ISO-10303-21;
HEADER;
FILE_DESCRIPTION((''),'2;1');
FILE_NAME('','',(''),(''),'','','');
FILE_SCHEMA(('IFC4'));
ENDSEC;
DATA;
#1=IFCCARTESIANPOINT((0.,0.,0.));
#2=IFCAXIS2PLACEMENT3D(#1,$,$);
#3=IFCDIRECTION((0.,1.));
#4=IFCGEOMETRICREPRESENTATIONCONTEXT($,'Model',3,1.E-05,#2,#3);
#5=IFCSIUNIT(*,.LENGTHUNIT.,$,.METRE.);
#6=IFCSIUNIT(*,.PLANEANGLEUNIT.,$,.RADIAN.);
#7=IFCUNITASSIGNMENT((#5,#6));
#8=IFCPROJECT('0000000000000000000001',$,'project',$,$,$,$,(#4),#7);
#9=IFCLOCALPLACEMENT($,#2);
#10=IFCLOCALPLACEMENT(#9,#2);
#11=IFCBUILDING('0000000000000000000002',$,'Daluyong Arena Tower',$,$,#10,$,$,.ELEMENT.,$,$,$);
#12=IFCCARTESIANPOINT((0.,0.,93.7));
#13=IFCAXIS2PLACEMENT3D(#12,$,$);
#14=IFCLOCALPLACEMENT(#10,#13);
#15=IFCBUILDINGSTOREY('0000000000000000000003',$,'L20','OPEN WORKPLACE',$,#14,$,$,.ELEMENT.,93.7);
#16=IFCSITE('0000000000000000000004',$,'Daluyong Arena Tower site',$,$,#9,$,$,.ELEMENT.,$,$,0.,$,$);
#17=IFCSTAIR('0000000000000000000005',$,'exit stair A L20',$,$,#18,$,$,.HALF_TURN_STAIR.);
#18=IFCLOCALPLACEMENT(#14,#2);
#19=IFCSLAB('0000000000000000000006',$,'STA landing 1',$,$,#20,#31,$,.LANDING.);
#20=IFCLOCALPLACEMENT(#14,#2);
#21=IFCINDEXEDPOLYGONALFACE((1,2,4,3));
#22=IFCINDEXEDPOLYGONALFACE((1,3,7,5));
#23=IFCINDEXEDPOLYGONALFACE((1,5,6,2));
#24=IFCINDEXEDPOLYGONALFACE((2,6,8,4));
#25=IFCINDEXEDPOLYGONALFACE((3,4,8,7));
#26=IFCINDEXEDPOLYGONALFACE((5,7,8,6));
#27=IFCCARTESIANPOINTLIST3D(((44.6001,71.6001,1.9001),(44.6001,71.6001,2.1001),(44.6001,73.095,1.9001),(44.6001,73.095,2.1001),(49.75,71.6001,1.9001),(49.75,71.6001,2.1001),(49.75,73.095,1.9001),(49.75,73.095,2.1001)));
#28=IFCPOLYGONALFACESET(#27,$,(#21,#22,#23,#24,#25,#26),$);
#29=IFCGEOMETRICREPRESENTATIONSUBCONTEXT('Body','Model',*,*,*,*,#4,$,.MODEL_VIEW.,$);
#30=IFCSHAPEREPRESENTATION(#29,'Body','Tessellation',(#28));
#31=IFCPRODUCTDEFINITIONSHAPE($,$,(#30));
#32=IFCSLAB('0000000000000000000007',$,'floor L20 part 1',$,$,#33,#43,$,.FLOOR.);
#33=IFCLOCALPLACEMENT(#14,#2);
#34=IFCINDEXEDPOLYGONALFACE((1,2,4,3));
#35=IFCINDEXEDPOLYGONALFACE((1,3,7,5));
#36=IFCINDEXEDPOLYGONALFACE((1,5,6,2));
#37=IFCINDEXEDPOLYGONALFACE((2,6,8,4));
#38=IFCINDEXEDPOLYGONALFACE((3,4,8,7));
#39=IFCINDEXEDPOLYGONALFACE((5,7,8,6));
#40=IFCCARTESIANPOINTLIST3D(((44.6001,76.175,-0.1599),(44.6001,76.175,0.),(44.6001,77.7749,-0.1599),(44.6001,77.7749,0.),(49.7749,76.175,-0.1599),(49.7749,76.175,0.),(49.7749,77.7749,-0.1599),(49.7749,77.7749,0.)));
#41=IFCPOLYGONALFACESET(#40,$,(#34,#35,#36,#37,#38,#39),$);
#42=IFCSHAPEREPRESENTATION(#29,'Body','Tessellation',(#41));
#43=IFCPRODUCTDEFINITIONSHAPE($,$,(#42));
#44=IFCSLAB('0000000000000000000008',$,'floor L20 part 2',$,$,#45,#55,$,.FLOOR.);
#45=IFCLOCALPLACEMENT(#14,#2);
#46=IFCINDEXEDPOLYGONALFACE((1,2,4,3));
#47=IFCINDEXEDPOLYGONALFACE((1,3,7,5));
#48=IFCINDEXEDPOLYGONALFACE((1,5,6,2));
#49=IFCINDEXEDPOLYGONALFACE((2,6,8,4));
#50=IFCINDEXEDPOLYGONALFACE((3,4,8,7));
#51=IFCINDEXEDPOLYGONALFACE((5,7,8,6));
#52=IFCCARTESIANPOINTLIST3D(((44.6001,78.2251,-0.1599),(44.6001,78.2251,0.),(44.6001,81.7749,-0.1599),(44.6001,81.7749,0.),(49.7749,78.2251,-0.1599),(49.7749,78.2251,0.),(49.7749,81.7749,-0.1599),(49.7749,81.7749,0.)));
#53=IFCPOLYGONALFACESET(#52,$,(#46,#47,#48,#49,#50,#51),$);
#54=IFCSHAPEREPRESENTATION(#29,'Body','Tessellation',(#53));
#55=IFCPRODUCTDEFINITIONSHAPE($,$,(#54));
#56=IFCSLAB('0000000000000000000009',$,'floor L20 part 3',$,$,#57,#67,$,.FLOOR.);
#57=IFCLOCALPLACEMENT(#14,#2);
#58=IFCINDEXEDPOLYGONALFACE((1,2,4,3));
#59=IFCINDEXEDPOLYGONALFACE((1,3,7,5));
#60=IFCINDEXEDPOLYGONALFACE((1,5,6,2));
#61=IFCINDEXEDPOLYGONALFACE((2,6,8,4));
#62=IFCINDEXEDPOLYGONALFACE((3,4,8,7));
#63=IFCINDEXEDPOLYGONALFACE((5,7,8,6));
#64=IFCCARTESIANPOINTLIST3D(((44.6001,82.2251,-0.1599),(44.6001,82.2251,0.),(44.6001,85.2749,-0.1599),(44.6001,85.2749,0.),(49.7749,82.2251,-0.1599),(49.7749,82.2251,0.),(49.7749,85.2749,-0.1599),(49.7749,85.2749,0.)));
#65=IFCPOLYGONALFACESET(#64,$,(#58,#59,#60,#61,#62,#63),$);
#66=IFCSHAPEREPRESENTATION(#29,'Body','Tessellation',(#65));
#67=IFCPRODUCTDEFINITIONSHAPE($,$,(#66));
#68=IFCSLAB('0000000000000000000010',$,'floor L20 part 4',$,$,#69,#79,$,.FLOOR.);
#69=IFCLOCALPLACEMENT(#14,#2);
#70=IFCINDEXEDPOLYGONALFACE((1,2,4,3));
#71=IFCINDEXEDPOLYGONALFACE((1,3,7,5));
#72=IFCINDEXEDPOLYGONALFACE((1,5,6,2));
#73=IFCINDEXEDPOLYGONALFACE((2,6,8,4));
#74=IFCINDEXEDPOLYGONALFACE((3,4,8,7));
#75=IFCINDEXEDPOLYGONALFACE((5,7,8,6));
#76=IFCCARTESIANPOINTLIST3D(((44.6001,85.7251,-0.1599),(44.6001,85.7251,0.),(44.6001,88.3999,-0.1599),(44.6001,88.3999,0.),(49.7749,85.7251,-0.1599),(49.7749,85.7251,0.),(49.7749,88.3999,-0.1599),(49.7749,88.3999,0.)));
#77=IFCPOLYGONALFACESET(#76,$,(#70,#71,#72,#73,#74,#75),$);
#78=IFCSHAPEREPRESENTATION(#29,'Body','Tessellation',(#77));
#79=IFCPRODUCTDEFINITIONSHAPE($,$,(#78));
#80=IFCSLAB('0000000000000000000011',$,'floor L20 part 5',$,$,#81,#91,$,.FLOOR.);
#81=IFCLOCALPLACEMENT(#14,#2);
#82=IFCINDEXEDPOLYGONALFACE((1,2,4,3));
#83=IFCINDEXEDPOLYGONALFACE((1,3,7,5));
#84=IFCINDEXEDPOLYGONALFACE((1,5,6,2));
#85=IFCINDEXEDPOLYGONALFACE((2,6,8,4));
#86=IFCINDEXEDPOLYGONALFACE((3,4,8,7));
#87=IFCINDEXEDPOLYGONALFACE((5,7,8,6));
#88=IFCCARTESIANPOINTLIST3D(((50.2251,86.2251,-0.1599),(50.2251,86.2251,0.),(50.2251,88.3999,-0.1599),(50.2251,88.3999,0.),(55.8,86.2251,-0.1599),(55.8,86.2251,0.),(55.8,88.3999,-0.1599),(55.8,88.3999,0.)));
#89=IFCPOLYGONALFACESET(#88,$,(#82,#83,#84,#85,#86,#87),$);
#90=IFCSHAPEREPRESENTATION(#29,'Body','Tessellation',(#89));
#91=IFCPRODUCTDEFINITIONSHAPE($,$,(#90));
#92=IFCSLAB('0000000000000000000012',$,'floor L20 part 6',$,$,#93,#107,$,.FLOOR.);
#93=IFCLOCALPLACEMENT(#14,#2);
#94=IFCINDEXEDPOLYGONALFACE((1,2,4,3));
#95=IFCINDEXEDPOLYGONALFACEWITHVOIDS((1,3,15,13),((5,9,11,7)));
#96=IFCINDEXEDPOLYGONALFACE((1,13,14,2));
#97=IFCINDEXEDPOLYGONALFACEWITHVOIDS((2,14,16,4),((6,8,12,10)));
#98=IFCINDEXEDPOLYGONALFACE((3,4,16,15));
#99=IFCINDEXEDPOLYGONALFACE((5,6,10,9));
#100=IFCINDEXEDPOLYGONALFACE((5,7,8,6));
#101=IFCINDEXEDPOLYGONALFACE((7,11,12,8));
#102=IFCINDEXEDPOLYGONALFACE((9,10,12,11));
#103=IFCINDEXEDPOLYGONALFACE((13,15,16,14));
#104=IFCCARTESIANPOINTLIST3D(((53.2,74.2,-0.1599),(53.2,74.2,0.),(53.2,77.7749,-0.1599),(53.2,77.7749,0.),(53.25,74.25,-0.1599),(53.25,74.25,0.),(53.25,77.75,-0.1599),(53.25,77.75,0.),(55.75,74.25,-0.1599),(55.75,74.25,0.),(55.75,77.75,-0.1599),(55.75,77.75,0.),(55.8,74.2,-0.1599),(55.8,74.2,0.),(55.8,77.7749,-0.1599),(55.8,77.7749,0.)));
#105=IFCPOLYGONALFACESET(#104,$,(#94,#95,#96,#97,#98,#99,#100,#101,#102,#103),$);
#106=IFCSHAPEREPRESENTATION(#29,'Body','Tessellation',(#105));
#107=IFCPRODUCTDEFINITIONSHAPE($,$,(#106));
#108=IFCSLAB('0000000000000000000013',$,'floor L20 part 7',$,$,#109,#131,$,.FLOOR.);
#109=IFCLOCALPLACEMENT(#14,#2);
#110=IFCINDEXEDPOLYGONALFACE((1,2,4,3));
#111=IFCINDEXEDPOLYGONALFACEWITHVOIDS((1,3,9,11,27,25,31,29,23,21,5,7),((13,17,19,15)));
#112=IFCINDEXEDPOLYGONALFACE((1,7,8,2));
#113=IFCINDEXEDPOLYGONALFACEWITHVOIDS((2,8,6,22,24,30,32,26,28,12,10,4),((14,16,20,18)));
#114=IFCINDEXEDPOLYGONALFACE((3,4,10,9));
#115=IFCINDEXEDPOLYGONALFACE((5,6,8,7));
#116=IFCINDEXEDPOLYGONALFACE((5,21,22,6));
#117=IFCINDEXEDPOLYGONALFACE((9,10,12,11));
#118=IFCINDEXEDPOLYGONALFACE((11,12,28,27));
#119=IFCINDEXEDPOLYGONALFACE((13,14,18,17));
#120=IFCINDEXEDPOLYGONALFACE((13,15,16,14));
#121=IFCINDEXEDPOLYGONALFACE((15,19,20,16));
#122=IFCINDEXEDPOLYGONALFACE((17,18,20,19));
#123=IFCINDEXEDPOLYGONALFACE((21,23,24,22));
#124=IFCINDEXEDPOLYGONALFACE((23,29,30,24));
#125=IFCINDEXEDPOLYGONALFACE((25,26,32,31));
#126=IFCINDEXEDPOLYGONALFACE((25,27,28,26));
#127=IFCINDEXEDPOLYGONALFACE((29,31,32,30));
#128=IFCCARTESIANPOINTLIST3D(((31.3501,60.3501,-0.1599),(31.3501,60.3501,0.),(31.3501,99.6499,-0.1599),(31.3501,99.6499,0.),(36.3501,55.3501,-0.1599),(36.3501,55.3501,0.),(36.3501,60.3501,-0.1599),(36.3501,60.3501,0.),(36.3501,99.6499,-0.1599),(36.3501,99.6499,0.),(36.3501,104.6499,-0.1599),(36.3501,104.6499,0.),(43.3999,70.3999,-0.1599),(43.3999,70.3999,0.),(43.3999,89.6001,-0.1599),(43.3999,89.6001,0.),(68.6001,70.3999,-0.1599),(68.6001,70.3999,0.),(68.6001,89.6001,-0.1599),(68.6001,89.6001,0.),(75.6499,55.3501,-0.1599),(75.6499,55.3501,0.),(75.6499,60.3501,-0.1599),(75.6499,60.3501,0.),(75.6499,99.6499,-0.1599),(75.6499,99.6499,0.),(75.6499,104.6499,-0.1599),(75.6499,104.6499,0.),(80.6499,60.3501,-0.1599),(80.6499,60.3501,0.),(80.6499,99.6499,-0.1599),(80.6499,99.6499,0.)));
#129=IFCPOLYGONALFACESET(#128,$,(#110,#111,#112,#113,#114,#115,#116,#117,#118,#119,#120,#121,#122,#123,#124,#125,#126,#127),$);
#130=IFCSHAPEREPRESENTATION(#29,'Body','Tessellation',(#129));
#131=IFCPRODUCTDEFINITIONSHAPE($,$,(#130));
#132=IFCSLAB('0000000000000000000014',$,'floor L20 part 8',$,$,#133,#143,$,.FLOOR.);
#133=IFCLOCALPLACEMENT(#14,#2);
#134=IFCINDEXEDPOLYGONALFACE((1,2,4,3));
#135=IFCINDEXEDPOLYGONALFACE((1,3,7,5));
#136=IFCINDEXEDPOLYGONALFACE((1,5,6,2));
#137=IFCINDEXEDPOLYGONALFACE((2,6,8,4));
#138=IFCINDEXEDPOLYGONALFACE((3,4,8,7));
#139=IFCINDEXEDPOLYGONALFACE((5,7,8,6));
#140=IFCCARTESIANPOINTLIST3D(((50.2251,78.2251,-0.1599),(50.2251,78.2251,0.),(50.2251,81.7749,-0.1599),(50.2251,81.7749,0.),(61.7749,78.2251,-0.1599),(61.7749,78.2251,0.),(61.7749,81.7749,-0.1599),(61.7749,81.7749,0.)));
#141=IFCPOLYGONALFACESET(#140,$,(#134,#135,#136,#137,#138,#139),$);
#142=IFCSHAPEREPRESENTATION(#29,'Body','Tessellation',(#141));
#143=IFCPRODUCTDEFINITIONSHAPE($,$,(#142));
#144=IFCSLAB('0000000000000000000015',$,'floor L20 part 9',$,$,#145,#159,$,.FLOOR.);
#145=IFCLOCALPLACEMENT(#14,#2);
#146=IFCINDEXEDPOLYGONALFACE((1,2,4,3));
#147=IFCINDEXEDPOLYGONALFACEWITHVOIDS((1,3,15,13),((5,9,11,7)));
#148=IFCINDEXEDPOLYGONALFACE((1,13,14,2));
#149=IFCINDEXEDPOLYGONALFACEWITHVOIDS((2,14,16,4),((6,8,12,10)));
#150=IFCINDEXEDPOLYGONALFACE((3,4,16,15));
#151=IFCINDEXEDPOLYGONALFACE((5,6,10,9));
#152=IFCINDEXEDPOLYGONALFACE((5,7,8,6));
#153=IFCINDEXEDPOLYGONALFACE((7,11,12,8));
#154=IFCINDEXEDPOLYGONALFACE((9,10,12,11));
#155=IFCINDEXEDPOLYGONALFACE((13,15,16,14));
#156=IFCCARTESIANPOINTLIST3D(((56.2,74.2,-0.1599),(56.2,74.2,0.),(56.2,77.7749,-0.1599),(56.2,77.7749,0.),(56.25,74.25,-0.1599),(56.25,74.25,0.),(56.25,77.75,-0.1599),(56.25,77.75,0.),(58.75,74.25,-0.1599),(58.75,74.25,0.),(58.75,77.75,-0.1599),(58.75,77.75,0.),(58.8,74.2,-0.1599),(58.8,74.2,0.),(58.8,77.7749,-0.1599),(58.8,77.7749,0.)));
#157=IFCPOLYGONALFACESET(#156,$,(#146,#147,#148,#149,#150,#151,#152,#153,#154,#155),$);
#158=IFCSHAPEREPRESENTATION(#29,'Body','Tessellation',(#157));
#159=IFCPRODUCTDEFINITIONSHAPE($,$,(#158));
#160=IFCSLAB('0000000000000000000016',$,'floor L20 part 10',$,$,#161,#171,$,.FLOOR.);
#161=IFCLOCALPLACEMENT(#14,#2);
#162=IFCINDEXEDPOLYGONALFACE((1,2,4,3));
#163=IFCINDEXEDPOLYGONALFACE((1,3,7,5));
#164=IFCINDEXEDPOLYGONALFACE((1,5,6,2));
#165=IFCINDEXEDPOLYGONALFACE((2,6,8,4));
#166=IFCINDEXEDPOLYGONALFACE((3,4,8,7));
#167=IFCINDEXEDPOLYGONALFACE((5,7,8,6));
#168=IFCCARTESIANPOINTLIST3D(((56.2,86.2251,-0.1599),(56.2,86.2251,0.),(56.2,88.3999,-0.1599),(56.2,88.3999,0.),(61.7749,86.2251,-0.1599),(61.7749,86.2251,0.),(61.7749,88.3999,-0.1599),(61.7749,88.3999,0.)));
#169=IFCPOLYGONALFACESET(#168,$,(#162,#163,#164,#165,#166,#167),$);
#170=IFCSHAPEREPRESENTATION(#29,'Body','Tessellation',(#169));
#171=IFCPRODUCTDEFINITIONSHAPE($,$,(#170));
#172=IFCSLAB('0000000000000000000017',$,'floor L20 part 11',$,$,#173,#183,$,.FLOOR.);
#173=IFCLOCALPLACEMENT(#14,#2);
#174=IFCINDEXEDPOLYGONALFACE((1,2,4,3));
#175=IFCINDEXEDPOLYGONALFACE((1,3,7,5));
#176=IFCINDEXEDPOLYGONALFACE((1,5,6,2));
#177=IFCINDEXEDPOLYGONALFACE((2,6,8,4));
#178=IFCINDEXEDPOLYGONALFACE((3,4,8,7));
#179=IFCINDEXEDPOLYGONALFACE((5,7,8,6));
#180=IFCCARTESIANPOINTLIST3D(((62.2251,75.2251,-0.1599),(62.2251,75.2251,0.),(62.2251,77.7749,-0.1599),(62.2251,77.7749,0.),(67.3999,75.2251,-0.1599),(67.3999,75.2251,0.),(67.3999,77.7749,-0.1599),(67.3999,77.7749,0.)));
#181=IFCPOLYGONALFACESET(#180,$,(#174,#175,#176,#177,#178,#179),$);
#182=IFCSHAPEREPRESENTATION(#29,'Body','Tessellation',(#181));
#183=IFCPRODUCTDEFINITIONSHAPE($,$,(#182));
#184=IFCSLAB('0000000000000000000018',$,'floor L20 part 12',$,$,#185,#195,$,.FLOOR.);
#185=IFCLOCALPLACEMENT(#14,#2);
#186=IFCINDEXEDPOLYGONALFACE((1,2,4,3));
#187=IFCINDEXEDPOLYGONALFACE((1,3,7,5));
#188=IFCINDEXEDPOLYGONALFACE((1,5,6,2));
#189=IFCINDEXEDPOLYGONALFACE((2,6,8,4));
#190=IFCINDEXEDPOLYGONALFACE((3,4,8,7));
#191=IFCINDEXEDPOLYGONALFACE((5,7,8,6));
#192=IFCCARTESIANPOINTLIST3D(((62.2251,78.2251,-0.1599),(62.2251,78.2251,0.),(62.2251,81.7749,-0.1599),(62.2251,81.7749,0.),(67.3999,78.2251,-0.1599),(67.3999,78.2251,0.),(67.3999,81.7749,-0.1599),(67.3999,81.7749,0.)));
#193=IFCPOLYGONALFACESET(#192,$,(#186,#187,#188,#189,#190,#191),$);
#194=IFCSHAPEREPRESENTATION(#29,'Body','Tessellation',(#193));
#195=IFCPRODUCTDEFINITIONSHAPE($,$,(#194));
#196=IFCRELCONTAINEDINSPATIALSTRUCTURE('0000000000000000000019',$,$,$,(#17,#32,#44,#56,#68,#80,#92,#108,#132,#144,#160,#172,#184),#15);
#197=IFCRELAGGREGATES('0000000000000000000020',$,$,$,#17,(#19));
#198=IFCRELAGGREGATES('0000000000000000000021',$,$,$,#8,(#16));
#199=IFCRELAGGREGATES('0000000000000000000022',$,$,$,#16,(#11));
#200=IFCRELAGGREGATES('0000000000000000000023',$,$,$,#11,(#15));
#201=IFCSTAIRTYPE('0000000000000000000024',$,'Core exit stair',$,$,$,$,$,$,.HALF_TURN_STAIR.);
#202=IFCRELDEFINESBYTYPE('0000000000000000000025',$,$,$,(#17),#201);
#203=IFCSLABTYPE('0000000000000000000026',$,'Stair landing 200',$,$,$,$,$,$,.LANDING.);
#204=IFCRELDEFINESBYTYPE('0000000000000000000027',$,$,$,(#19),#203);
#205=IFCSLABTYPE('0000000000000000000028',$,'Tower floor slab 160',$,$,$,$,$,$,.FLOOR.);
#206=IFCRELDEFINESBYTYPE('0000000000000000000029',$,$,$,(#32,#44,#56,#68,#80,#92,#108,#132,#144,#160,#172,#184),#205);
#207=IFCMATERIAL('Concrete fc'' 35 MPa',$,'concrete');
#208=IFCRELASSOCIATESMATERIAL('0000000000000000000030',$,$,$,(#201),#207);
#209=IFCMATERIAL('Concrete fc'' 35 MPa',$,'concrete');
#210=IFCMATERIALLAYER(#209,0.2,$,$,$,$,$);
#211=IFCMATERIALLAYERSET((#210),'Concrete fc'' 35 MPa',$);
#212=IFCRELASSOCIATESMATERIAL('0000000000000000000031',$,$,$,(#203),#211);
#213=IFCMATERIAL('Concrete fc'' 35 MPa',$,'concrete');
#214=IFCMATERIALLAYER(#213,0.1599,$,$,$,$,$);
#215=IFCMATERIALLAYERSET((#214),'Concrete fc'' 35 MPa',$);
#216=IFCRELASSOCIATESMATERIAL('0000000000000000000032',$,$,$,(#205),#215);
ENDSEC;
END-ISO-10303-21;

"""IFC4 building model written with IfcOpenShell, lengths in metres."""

from ifc_helpers import new_model, si_unit, direction, frame, origin, place, context, subcontext, project, spatial, polyline, outline, extrude, material, layer, layer_set, type_object, element, aggregate, save


model = new_model("IFC4")

# Units and contexts
model_context = context("Model", 3, precision=1e-05, world=origin(), true_north=direction((0.0, 1.0)))
body_context = subcontext(model_context, "Body", "Model", "MODEL_VIEW")
ifc_project = project(units=[si_unit("LENGTHUNIT", "METRE"), si_unit("PLANEANGLEUNIT", "RADIAN")], contexts=[model_context])

# Site, building, storey
site_placement = place(None, origin())
site = spatial("IfcSite", under=ifc_project, at=site_placement, Name="Daluyong Arena Tower site", CompositionType="ELEMENT", RefElevation=0.0)
building_placement = place(site_placement, origin())
building = spatial("IfcBuilding", under=site, at=building_placement, Name="Daluyong Arena Tower", CompositionType="ELEMENT")
storey_placement = place(building_placement, frame((0.0, 0.0, 93.7)))
storey = spatial("IfcBuildingStorey", under=building, at=storey_placement, Name="L20", Description="OPEN WORKPLACE", CompositionType="ELEMENT", Elevation=93.7)

# Stair, slab
ifc_material_1 = material(Name="Concrete fc' 35 MPa", Category="concrete")
stair_type = type_object("IfcStairType", Name="Core exit stair", PredefinedType="HALF_TURN_STAIR", material=ifc_material_1)
stair_placement = place(storey_placement, origin())
stair = element("IfcStair", 1, at=stair_placement, inside=storey, type_object=stair_type, Name="exit stair A L20", PredefinedType="HALF_TURN_STAIR")
ifc_material_2 = material(Name="Concrete fc' 35 MPa", Category="concrete")
ifc_layer_1 = layer(ifc_material_2, 0.2)
ifc_layer_set_1 = layer_set([ifc_layer_1], Name="Concrete fc' 35 MPa")
slab_type_1 = type_object("IfcSlabType", Name="Stair landing 200", PredefinedType="LANDING", material=ifc_layer_set_1)
slab_1_placement = place(storey_placement, frame((0.0, 0.0, 1.9001)))
slab_1 = element("IfcSlab", 2, at=slab_1_placement, type_object=slab_type_1, Name="STA landing 1", PredefinedType="LANDING", context=body_context, shape_type="SweptSolid", body=[
    extrude(outline(polyline([(44.6001, 71.6001), (49.75, 71.6001), (49.75, 73.095), (44.6001, 73.095), (44.6001, 71.6001)])), origin(), (0.0, 0.0, 1.0), 0.2),
])
aggregate(stair, [slab_1])

# Slabs
ifc_material_3 = material(Name="Concrete fc' 35 MPa", Category="concrete")
ifc_layer_2 = layer(ifc_material_3, 0.1599)
ifc_layer_set_2 = layer_set([ifc_layer_2], Name="Concrete fc' 35 MPa")
slab_type_2 = type_object("IfcSlabType", Name="Tower floor slab 160", PredefinedType="FLOOR", material=ifc_layer_set_2)
slab_2_placement = place(storey_placement, frame((0.0, 0.0, -0.1599)))
element("IfcSlab", 3, at=slab_2_placement, inside=storey, type_object=slab_type_2, Name="floor L20 part 1", PredefinedType="FLOOR", context=body_context, shape_type="SweptSolid", body=[
    extrude(outline(polyline([(49.7749, 76.175), (49.7749, 77.7749), (44.6001, 77.7749), (44.6001, 76.175), (49.7749, 76.175)])), origin(), (0.0, 0.0, 1.0), 0.1599),
])
slab_3_placement = place(storey_placement, frame((0.0, 0.0, -0.1599)))
element("IfcSlab", 4, at=slab_3_placement, inside=storey, type_object=slab_type_2, Name="floor L20 part 2", PredefinedType="FLOOR", context=body_context, shape_type="SweptSolid", body=[
    extrude(outline(polyline([(49.7749, 78.2251), (49.7749, 81.7749), (44.6001, 81.7749), (44.6001, 78.2251), (49.7749, 78.2251)])), origin(), (0.0, 0.0, 1.0), 0.1599),
])
slab_4_placement = place(storey_placement, frame((0.0, 0.0, -0.1599)))
element("IfcSlab", 5, at=slab_4_placement, inside=storey, type_object=slab_type_2, Name="floor L20 part 3", PredefinedType="FLOOR", context=body_context, shape_type="SweptSolid", body=[
    extrude(outline(polyline([(49.7749, 82.2251), (49.7749, 85.2749), (44.6001, 85.2749), (44.6001, 82.2251), (49.7749, 82.2251)])), origin(), (0.0, 0.0, 1.0), 0.1599),
])
slab_5_placement = place(storey_placement, frame((0.0, 0.0, -0.1599)))
element("IfcSlab", 6, at=slab_5_placement, inside=storey, type_object=slab_type_2, Name="floor L20 part 4", PredefinedType="FLOOR", context=body_context, shape_type="SweptSolid", body=[
    extrude(outline(polyline([(44.6001, 88.3999), (44.6001, 85.7251), (49.7749, 85.7251), (49.7749, 88.3999), (44.6001, 88.3999)])), origin(), (0.0, 0.0, 1.0), 0.1599),
])
slab_6_placement = place(storey_placement, frame((0.0, 0.0, -0.1599)))
element("IfcSlab", 7, at=slab_6_placement, inside=storey, type_object=slab_type_2, Name="floor L20 part 5", PredefinedType="FLOOR", context=body_context, shape_type="SweptSolid", body=[
    extrude(outline(polyline([(50.2251, 88.3999), (50.2251, 86.2251), (55.8, 86.2251), (55.8, 88.3999), (50.2251, 88.3999)])), origin(), (0.0, 0.0, 1.0), 0.1599),
])
slab_7_placement = place(storey_placement, frame((0.0, 0.0, -0.1599)))
element("IfcSlab", 8, at=slab_7_placement, inside=storey, type_object=slab_type_2, Name="floor L20 part 6", PredefinedType="FLOOR", context=body_context, shape_type="SweptSolid", body=[
    extrude(outline(polyline([(53.2, 77.7749), (53.2, 74.2), (55.8, 74.2), (55.8, 77.7749), (53.2, 77.7749)]), holes=[polyline([(55.75, 77.75), (55.75, 74.25), (53.25, 74.25), (53.25, 77.75), (55.75, 77.75)])]), origin(), (0.0, 0.0, 1.0), 0.1599),
])
slab_8_placement = place(storey_placement, frame((0.0, 0.0, -0.1599)))
element("IfcSlab", 9, at=slab_8_placement, inside=storey, type_object=slab_type_2, Name="floor L20 part 7", PredefinedType="FLOOR", context=body_context, shape_type="SweptSolid", body=[
    extrude(outline(polyline([(36.3501, 60.3501), (36.3501, 55.3501), (75.6499, 55.3501), (75.6499, 60.3501), (80.6499, 60.3501), (80.6499, 99.6499), (75.6499, 99.6499), (75.6499, 104.6499), (36.3501, 104.6499), (36.3501, 99.6499), (31.3501, 99.6499), (31.3501, 60.3501), (36.3501, 60.3501)]), holes=[polyline([(68.6001, 89.6001), (68.6001, 70.3999), (43.3999, 70.3999), (43.3999, 89.6001), (68.6001, 89.6001)])]), origin(), (0.0, 0.0, 1.0), 0.1599),
])
slab_9_placement = place(storey_placement, frame((0.0, 0.0, -0.1599)))
element("IfcSlab", 10, at=slab_9_placement, inside=storey, type_object=slab_type_2, Name="floor L20 part 8", PredefinedType="FLOOR", context=body_context, shape_type="SweptSolid", body=[
    extrude(outline(polyline([(61.7749, 81.7749), (50.2251, 81.7749), (50.2251, 78.2251), (61.7749, 78.2251), (61.7749, 81.7749)])), origin(), (0.0, 0.0, 1.0), 0.1599),
])
slab_10_placement = place(storey_placement, frame((0.0, 0.0, -0.1599)))
element("IfcSlab", 11, at=slab_10_placement, inside=storey, type_object=slab_type_2, Name="floor L20 part 9", PredefinedType="FLOOR", context=body_context, shape_type="SweptSolid", body=[
    extrude(outline(polyline([(56.2, 77.7749), (56.2, 74.2), (58.8, 74.2), (58.8, 77.7749), (56.2, 77.7749)]), holes=[polyline([(58.75, 77.75), (58.75, 74.25), (56.25, 74.25), (56.25, 77.75), (58.75, 77.75)])]), origin(), (0.0, 0.0, 1.0), 0.1599),
])
slab_11_placement = place(storey_placement, frame((0.0, 0.0, -0.1599)))
element("IfcSlab", 12, at=slab_11_placement, inside=storey, type_object=slab_type_2, Name="floor L20 part 10", PredefinedType="FLOOR", context=body_context, shape_type="SweptSolid", body=[
    extrude(outline(polyline([(56.2, 86.2251), (61.7749, 86.2251), (61.7749, 88.3999), (56.2, 88.3999), (56.2, 86.2251)])), origin(), (0.0, 0.0, 1.0), 0.1599),
])
slab_12_placement = place(storey_placement, frame((0.0, 0.0, -0.1599)))
element("IfcSlab", 13, at=slab_12_placement, inside=storey, type_object=slab_type_2, Name="floor L20 part 11", PredefinedType="FLOOR", context=body_context, shape_type="SweptSolid", body=[
    extrude(outline(polyline([(67.3999, 75.2251), (67.3999, 77.7749), (62.2251, 77.7749), (62.2251, 75.2251), (67.3999, 75.2251)])), origin(), (0.0, 0.0, 1.0), 0.1599),
])
slab_13_placement = place(storey_placement, frame((0.0, 0.0, -0.1599)))
element("IfcSlab", 14, at=slab_13_placement, inside=storey, type_object=slab_type_2, Name="floor L20 part 12", PredefinedType="FLOOR", context=body_context, shape_type="SweptSolid", body=[
    extrude(outline(polyline([(67.3999, 78.2251), (67.3999, 81.7749), (62.2251, 81.7749), (62.2251, 78.2251), (67.3999, 78.2251)])), origin(), (0.0, 0.0, 1.0), 0.1599),
])

save(model, "model.ifc")
